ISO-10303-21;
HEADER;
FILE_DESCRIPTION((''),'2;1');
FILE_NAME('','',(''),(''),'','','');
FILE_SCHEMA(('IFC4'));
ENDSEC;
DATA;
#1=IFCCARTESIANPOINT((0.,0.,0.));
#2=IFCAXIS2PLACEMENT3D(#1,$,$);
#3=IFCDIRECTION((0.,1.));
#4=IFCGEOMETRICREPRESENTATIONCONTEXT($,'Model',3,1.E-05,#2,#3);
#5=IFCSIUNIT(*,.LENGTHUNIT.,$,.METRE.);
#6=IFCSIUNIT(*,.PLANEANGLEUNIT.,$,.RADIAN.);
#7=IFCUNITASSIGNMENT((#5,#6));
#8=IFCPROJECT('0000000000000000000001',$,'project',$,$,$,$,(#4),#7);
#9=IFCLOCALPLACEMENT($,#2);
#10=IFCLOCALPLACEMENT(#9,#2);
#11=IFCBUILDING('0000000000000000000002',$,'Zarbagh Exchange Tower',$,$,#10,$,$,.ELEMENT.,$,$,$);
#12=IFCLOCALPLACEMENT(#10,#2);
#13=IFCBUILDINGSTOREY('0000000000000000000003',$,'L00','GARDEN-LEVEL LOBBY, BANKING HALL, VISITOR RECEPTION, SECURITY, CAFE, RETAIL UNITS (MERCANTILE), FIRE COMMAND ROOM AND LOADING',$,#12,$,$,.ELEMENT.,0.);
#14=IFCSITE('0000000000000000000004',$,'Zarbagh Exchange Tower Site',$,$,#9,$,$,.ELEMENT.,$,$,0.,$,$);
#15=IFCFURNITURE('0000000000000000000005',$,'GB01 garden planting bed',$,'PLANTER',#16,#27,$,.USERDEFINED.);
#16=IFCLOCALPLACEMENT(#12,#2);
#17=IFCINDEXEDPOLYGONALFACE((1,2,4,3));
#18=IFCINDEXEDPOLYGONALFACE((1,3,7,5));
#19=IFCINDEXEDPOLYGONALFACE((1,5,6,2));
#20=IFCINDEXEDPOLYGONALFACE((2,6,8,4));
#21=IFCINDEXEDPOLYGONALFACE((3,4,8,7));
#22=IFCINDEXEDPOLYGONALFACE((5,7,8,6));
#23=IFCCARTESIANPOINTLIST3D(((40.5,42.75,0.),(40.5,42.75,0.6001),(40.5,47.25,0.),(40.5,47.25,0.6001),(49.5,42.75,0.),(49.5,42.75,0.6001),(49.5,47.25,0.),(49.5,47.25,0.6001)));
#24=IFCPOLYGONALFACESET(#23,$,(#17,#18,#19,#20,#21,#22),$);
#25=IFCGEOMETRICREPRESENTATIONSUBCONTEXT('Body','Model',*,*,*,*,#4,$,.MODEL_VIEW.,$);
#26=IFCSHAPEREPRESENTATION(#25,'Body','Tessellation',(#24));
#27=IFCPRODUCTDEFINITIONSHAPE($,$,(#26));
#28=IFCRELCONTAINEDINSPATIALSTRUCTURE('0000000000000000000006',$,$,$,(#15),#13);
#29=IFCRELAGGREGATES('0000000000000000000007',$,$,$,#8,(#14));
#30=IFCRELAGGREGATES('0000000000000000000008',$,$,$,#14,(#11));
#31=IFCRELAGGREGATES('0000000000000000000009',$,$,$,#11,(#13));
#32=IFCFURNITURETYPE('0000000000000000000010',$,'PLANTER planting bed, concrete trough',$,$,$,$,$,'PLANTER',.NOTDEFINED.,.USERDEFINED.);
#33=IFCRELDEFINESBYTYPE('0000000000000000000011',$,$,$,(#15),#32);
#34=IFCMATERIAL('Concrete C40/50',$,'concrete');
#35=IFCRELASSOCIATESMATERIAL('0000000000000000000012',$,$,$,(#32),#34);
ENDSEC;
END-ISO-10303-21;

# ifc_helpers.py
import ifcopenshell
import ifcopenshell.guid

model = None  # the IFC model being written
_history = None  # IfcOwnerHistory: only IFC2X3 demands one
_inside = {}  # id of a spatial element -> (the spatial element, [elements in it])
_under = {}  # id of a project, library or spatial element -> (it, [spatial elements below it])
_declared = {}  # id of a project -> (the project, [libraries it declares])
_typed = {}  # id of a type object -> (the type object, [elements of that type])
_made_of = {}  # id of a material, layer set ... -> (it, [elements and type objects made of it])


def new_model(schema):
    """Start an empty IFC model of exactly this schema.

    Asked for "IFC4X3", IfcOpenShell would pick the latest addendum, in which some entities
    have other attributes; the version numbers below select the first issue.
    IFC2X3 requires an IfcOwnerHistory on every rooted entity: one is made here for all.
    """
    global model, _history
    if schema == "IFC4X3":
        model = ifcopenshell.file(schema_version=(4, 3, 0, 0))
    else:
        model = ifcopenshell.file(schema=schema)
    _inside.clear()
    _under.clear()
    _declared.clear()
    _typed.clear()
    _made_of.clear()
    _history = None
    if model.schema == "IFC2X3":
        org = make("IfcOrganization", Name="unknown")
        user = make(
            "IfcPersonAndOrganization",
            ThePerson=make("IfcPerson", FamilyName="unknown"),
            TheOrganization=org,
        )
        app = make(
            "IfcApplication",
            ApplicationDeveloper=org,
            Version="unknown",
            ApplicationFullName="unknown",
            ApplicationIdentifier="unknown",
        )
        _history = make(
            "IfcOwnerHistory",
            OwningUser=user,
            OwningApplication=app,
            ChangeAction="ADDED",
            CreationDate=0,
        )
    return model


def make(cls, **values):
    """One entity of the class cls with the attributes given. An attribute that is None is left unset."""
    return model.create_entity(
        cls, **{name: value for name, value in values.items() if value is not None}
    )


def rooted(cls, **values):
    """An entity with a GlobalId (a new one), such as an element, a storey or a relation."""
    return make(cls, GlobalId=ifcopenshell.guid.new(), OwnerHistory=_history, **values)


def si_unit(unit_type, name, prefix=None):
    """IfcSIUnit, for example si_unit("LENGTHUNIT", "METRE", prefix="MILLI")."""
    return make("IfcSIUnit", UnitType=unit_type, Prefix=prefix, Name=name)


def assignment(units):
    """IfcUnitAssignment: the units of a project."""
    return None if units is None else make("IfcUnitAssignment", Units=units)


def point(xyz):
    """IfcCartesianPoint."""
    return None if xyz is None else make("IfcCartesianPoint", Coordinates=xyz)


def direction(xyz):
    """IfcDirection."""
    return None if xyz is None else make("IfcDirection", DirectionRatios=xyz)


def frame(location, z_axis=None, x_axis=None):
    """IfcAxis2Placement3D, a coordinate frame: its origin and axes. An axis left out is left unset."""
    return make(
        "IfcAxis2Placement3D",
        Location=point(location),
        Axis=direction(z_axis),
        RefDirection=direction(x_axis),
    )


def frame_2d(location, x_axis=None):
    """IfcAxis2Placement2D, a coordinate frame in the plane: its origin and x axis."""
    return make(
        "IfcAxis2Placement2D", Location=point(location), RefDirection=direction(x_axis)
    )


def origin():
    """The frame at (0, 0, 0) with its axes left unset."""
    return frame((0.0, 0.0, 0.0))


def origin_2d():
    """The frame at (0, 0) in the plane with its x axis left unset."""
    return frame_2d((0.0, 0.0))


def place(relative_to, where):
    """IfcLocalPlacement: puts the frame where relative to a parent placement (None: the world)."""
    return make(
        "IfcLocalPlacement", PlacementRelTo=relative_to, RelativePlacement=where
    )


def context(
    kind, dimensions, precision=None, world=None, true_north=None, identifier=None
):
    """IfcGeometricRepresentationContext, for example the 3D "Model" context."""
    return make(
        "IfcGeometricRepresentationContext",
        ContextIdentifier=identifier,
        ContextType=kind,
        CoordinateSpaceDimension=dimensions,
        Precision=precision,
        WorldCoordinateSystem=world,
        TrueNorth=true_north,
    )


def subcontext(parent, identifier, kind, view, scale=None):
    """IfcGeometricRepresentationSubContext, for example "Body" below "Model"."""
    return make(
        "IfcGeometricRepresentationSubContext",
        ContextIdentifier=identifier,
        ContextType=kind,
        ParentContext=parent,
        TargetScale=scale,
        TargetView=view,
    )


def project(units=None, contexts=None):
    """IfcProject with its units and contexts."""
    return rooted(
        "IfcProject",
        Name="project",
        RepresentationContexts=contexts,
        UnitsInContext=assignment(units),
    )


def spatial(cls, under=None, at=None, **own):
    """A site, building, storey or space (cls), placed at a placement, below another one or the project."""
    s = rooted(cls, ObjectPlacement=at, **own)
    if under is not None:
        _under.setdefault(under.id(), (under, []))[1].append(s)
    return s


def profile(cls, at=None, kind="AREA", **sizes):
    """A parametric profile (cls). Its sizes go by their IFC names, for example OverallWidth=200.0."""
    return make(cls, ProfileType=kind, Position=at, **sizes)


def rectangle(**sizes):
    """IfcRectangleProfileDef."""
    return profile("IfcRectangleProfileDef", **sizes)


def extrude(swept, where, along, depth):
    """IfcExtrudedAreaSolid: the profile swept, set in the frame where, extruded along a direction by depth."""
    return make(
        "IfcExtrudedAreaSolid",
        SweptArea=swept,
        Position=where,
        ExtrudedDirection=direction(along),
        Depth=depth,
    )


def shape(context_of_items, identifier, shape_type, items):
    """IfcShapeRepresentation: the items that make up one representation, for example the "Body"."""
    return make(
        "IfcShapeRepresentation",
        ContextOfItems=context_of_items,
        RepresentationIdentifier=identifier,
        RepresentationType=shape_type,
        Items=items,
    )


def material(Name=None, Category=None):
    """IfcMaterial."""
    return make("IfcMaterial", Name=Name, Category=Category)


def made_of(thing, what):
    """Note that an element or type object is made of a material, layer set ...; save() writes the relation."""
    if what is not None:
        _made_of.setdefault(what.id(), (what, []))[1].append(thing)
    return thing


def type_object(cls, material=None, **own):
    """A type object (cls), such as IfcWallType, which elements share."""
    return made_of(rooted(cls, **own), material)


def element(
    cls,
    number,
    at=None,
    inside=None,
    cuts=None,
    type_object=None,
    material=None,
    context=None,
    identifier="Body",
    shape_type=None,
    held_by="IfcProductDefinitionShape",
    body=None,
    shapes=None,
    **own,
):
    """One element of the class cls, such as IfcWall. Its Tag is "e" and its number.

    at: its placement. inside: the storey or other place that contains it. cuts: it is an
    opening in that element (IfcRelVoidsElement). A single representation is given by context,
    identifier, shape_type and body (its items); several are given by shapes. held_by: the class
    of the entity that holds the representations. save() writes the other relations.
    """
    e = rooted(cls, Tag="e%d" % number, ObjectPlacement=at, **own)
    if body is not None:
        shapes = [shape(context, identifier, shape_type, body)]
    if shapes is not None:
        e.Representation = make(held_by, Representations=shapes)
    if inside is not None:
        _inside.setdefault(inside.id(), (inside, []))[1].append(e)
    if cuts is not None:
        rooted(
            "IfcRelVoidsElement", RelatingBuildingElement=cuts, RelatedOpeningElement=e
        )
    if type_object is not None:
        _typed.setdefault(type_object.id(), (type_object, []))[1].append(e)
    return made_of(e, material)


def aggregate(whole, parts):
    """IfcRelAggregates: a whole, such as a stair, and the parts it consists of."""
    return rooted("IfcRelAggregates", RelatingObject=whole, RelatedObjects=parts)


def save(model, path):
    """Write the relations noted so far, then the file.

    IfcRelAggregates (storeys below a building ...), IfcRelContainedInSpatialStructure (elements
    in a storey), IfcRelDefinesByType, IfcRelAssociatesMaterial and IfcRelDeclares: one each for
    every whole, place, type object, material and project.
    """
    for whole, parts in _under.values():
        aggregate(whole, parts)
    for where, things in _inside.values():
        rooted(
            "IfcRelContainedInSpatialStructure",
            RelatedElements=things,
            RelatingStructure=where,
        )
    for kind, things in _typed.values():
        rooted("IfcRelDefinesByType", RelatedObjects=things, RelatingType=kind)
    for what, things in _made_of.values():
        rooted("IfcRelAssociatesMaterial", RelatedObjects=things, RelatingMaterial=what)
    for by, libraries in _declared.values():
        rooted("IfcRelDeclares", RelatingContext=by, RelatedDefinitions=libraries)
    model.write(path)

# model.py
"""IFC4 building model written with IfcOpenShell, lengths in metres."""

from ifc_helpers import new_model, si_unit, direction, frame, origin, origin_2d, place, context, subcontext, project, spatial, rectangle, extrude, material, type_object, element, save


model = new_model("IFC4")

# Units and contexts
model_context = context("Model", 3, precision=1e-05, world=origin(), true_north=direction((0.0, 1.0)))
body_context = subcontext(model_context, "Body", "Model", "MODEL_VIEW")
ifc_project = project(units=[si_unit("LENGTHUNIT", "METRE"), si_unit("PLANEANGLEUNIT", "RADIAN")], contexts=[model_context])

# Site, building, storey
site_placement = place(None, origin())
site = spatial("IfcSite", under=ifc_project, at=site_placement, Name="Zarbagh Exchange Tower Site", CompositionType="ELEMENT", RefElevation=0.0)
building_placement = place(site_placement, origin())
building = spatial("IfcBuilding", under=site, at=building_placement, Name="Zarbagh Exchange Tower", CompositionType="ELEMENT")
storey_placement = place(building_placement, origin())
storey = spatial("IfcBuildingStorey", under=building, at=storey_placement, Name="L00", Description="GARDEN-LEVEL LOBBY, BANKING HALL, VISITOR RECEPTION, SECURITY, CAFE, RETAIL UNITS (MERCANTILE), FIRE COMMAND ROOM AND LOADING", CompositionType="ELEMENT", Elevation=0.0)

# Shared definitions
ifc_material_1 = material(Name="Concrete C40/50", Category="concrete")

# Furniture
furniture_type = type_object("IfcFurnitureType", Name="PLANTER planting bed, concrete trough", ElementType="PLANTER", AssemblyPlace="NOTDEFINED", PredefinedType="USERDEFINED", material=ifc_material_1)
furniture_placement = place(storey_placement, frame((45.0, 45.0, 0.0), z_axis=(0.0, 0.0, 1.0), x_axis=(1.0, 0.0, 0.0)))
element("IfcFurniture", 1, at=furniture_placement, inside=storey, type_object=furniture_type, Name="GB01 garden planting bed", ObjectType="PLANTER", PredefinedType="USERDEFINED", context=body_context, shape_type="SweptSolid", body=[
    extrude(rectangle(XDim=9.0, YDim=4.5, at=origin_2d()), origin(), (0.0, 0.0, 1.0), 0.6001),
])

save(model, "model.ifc")
